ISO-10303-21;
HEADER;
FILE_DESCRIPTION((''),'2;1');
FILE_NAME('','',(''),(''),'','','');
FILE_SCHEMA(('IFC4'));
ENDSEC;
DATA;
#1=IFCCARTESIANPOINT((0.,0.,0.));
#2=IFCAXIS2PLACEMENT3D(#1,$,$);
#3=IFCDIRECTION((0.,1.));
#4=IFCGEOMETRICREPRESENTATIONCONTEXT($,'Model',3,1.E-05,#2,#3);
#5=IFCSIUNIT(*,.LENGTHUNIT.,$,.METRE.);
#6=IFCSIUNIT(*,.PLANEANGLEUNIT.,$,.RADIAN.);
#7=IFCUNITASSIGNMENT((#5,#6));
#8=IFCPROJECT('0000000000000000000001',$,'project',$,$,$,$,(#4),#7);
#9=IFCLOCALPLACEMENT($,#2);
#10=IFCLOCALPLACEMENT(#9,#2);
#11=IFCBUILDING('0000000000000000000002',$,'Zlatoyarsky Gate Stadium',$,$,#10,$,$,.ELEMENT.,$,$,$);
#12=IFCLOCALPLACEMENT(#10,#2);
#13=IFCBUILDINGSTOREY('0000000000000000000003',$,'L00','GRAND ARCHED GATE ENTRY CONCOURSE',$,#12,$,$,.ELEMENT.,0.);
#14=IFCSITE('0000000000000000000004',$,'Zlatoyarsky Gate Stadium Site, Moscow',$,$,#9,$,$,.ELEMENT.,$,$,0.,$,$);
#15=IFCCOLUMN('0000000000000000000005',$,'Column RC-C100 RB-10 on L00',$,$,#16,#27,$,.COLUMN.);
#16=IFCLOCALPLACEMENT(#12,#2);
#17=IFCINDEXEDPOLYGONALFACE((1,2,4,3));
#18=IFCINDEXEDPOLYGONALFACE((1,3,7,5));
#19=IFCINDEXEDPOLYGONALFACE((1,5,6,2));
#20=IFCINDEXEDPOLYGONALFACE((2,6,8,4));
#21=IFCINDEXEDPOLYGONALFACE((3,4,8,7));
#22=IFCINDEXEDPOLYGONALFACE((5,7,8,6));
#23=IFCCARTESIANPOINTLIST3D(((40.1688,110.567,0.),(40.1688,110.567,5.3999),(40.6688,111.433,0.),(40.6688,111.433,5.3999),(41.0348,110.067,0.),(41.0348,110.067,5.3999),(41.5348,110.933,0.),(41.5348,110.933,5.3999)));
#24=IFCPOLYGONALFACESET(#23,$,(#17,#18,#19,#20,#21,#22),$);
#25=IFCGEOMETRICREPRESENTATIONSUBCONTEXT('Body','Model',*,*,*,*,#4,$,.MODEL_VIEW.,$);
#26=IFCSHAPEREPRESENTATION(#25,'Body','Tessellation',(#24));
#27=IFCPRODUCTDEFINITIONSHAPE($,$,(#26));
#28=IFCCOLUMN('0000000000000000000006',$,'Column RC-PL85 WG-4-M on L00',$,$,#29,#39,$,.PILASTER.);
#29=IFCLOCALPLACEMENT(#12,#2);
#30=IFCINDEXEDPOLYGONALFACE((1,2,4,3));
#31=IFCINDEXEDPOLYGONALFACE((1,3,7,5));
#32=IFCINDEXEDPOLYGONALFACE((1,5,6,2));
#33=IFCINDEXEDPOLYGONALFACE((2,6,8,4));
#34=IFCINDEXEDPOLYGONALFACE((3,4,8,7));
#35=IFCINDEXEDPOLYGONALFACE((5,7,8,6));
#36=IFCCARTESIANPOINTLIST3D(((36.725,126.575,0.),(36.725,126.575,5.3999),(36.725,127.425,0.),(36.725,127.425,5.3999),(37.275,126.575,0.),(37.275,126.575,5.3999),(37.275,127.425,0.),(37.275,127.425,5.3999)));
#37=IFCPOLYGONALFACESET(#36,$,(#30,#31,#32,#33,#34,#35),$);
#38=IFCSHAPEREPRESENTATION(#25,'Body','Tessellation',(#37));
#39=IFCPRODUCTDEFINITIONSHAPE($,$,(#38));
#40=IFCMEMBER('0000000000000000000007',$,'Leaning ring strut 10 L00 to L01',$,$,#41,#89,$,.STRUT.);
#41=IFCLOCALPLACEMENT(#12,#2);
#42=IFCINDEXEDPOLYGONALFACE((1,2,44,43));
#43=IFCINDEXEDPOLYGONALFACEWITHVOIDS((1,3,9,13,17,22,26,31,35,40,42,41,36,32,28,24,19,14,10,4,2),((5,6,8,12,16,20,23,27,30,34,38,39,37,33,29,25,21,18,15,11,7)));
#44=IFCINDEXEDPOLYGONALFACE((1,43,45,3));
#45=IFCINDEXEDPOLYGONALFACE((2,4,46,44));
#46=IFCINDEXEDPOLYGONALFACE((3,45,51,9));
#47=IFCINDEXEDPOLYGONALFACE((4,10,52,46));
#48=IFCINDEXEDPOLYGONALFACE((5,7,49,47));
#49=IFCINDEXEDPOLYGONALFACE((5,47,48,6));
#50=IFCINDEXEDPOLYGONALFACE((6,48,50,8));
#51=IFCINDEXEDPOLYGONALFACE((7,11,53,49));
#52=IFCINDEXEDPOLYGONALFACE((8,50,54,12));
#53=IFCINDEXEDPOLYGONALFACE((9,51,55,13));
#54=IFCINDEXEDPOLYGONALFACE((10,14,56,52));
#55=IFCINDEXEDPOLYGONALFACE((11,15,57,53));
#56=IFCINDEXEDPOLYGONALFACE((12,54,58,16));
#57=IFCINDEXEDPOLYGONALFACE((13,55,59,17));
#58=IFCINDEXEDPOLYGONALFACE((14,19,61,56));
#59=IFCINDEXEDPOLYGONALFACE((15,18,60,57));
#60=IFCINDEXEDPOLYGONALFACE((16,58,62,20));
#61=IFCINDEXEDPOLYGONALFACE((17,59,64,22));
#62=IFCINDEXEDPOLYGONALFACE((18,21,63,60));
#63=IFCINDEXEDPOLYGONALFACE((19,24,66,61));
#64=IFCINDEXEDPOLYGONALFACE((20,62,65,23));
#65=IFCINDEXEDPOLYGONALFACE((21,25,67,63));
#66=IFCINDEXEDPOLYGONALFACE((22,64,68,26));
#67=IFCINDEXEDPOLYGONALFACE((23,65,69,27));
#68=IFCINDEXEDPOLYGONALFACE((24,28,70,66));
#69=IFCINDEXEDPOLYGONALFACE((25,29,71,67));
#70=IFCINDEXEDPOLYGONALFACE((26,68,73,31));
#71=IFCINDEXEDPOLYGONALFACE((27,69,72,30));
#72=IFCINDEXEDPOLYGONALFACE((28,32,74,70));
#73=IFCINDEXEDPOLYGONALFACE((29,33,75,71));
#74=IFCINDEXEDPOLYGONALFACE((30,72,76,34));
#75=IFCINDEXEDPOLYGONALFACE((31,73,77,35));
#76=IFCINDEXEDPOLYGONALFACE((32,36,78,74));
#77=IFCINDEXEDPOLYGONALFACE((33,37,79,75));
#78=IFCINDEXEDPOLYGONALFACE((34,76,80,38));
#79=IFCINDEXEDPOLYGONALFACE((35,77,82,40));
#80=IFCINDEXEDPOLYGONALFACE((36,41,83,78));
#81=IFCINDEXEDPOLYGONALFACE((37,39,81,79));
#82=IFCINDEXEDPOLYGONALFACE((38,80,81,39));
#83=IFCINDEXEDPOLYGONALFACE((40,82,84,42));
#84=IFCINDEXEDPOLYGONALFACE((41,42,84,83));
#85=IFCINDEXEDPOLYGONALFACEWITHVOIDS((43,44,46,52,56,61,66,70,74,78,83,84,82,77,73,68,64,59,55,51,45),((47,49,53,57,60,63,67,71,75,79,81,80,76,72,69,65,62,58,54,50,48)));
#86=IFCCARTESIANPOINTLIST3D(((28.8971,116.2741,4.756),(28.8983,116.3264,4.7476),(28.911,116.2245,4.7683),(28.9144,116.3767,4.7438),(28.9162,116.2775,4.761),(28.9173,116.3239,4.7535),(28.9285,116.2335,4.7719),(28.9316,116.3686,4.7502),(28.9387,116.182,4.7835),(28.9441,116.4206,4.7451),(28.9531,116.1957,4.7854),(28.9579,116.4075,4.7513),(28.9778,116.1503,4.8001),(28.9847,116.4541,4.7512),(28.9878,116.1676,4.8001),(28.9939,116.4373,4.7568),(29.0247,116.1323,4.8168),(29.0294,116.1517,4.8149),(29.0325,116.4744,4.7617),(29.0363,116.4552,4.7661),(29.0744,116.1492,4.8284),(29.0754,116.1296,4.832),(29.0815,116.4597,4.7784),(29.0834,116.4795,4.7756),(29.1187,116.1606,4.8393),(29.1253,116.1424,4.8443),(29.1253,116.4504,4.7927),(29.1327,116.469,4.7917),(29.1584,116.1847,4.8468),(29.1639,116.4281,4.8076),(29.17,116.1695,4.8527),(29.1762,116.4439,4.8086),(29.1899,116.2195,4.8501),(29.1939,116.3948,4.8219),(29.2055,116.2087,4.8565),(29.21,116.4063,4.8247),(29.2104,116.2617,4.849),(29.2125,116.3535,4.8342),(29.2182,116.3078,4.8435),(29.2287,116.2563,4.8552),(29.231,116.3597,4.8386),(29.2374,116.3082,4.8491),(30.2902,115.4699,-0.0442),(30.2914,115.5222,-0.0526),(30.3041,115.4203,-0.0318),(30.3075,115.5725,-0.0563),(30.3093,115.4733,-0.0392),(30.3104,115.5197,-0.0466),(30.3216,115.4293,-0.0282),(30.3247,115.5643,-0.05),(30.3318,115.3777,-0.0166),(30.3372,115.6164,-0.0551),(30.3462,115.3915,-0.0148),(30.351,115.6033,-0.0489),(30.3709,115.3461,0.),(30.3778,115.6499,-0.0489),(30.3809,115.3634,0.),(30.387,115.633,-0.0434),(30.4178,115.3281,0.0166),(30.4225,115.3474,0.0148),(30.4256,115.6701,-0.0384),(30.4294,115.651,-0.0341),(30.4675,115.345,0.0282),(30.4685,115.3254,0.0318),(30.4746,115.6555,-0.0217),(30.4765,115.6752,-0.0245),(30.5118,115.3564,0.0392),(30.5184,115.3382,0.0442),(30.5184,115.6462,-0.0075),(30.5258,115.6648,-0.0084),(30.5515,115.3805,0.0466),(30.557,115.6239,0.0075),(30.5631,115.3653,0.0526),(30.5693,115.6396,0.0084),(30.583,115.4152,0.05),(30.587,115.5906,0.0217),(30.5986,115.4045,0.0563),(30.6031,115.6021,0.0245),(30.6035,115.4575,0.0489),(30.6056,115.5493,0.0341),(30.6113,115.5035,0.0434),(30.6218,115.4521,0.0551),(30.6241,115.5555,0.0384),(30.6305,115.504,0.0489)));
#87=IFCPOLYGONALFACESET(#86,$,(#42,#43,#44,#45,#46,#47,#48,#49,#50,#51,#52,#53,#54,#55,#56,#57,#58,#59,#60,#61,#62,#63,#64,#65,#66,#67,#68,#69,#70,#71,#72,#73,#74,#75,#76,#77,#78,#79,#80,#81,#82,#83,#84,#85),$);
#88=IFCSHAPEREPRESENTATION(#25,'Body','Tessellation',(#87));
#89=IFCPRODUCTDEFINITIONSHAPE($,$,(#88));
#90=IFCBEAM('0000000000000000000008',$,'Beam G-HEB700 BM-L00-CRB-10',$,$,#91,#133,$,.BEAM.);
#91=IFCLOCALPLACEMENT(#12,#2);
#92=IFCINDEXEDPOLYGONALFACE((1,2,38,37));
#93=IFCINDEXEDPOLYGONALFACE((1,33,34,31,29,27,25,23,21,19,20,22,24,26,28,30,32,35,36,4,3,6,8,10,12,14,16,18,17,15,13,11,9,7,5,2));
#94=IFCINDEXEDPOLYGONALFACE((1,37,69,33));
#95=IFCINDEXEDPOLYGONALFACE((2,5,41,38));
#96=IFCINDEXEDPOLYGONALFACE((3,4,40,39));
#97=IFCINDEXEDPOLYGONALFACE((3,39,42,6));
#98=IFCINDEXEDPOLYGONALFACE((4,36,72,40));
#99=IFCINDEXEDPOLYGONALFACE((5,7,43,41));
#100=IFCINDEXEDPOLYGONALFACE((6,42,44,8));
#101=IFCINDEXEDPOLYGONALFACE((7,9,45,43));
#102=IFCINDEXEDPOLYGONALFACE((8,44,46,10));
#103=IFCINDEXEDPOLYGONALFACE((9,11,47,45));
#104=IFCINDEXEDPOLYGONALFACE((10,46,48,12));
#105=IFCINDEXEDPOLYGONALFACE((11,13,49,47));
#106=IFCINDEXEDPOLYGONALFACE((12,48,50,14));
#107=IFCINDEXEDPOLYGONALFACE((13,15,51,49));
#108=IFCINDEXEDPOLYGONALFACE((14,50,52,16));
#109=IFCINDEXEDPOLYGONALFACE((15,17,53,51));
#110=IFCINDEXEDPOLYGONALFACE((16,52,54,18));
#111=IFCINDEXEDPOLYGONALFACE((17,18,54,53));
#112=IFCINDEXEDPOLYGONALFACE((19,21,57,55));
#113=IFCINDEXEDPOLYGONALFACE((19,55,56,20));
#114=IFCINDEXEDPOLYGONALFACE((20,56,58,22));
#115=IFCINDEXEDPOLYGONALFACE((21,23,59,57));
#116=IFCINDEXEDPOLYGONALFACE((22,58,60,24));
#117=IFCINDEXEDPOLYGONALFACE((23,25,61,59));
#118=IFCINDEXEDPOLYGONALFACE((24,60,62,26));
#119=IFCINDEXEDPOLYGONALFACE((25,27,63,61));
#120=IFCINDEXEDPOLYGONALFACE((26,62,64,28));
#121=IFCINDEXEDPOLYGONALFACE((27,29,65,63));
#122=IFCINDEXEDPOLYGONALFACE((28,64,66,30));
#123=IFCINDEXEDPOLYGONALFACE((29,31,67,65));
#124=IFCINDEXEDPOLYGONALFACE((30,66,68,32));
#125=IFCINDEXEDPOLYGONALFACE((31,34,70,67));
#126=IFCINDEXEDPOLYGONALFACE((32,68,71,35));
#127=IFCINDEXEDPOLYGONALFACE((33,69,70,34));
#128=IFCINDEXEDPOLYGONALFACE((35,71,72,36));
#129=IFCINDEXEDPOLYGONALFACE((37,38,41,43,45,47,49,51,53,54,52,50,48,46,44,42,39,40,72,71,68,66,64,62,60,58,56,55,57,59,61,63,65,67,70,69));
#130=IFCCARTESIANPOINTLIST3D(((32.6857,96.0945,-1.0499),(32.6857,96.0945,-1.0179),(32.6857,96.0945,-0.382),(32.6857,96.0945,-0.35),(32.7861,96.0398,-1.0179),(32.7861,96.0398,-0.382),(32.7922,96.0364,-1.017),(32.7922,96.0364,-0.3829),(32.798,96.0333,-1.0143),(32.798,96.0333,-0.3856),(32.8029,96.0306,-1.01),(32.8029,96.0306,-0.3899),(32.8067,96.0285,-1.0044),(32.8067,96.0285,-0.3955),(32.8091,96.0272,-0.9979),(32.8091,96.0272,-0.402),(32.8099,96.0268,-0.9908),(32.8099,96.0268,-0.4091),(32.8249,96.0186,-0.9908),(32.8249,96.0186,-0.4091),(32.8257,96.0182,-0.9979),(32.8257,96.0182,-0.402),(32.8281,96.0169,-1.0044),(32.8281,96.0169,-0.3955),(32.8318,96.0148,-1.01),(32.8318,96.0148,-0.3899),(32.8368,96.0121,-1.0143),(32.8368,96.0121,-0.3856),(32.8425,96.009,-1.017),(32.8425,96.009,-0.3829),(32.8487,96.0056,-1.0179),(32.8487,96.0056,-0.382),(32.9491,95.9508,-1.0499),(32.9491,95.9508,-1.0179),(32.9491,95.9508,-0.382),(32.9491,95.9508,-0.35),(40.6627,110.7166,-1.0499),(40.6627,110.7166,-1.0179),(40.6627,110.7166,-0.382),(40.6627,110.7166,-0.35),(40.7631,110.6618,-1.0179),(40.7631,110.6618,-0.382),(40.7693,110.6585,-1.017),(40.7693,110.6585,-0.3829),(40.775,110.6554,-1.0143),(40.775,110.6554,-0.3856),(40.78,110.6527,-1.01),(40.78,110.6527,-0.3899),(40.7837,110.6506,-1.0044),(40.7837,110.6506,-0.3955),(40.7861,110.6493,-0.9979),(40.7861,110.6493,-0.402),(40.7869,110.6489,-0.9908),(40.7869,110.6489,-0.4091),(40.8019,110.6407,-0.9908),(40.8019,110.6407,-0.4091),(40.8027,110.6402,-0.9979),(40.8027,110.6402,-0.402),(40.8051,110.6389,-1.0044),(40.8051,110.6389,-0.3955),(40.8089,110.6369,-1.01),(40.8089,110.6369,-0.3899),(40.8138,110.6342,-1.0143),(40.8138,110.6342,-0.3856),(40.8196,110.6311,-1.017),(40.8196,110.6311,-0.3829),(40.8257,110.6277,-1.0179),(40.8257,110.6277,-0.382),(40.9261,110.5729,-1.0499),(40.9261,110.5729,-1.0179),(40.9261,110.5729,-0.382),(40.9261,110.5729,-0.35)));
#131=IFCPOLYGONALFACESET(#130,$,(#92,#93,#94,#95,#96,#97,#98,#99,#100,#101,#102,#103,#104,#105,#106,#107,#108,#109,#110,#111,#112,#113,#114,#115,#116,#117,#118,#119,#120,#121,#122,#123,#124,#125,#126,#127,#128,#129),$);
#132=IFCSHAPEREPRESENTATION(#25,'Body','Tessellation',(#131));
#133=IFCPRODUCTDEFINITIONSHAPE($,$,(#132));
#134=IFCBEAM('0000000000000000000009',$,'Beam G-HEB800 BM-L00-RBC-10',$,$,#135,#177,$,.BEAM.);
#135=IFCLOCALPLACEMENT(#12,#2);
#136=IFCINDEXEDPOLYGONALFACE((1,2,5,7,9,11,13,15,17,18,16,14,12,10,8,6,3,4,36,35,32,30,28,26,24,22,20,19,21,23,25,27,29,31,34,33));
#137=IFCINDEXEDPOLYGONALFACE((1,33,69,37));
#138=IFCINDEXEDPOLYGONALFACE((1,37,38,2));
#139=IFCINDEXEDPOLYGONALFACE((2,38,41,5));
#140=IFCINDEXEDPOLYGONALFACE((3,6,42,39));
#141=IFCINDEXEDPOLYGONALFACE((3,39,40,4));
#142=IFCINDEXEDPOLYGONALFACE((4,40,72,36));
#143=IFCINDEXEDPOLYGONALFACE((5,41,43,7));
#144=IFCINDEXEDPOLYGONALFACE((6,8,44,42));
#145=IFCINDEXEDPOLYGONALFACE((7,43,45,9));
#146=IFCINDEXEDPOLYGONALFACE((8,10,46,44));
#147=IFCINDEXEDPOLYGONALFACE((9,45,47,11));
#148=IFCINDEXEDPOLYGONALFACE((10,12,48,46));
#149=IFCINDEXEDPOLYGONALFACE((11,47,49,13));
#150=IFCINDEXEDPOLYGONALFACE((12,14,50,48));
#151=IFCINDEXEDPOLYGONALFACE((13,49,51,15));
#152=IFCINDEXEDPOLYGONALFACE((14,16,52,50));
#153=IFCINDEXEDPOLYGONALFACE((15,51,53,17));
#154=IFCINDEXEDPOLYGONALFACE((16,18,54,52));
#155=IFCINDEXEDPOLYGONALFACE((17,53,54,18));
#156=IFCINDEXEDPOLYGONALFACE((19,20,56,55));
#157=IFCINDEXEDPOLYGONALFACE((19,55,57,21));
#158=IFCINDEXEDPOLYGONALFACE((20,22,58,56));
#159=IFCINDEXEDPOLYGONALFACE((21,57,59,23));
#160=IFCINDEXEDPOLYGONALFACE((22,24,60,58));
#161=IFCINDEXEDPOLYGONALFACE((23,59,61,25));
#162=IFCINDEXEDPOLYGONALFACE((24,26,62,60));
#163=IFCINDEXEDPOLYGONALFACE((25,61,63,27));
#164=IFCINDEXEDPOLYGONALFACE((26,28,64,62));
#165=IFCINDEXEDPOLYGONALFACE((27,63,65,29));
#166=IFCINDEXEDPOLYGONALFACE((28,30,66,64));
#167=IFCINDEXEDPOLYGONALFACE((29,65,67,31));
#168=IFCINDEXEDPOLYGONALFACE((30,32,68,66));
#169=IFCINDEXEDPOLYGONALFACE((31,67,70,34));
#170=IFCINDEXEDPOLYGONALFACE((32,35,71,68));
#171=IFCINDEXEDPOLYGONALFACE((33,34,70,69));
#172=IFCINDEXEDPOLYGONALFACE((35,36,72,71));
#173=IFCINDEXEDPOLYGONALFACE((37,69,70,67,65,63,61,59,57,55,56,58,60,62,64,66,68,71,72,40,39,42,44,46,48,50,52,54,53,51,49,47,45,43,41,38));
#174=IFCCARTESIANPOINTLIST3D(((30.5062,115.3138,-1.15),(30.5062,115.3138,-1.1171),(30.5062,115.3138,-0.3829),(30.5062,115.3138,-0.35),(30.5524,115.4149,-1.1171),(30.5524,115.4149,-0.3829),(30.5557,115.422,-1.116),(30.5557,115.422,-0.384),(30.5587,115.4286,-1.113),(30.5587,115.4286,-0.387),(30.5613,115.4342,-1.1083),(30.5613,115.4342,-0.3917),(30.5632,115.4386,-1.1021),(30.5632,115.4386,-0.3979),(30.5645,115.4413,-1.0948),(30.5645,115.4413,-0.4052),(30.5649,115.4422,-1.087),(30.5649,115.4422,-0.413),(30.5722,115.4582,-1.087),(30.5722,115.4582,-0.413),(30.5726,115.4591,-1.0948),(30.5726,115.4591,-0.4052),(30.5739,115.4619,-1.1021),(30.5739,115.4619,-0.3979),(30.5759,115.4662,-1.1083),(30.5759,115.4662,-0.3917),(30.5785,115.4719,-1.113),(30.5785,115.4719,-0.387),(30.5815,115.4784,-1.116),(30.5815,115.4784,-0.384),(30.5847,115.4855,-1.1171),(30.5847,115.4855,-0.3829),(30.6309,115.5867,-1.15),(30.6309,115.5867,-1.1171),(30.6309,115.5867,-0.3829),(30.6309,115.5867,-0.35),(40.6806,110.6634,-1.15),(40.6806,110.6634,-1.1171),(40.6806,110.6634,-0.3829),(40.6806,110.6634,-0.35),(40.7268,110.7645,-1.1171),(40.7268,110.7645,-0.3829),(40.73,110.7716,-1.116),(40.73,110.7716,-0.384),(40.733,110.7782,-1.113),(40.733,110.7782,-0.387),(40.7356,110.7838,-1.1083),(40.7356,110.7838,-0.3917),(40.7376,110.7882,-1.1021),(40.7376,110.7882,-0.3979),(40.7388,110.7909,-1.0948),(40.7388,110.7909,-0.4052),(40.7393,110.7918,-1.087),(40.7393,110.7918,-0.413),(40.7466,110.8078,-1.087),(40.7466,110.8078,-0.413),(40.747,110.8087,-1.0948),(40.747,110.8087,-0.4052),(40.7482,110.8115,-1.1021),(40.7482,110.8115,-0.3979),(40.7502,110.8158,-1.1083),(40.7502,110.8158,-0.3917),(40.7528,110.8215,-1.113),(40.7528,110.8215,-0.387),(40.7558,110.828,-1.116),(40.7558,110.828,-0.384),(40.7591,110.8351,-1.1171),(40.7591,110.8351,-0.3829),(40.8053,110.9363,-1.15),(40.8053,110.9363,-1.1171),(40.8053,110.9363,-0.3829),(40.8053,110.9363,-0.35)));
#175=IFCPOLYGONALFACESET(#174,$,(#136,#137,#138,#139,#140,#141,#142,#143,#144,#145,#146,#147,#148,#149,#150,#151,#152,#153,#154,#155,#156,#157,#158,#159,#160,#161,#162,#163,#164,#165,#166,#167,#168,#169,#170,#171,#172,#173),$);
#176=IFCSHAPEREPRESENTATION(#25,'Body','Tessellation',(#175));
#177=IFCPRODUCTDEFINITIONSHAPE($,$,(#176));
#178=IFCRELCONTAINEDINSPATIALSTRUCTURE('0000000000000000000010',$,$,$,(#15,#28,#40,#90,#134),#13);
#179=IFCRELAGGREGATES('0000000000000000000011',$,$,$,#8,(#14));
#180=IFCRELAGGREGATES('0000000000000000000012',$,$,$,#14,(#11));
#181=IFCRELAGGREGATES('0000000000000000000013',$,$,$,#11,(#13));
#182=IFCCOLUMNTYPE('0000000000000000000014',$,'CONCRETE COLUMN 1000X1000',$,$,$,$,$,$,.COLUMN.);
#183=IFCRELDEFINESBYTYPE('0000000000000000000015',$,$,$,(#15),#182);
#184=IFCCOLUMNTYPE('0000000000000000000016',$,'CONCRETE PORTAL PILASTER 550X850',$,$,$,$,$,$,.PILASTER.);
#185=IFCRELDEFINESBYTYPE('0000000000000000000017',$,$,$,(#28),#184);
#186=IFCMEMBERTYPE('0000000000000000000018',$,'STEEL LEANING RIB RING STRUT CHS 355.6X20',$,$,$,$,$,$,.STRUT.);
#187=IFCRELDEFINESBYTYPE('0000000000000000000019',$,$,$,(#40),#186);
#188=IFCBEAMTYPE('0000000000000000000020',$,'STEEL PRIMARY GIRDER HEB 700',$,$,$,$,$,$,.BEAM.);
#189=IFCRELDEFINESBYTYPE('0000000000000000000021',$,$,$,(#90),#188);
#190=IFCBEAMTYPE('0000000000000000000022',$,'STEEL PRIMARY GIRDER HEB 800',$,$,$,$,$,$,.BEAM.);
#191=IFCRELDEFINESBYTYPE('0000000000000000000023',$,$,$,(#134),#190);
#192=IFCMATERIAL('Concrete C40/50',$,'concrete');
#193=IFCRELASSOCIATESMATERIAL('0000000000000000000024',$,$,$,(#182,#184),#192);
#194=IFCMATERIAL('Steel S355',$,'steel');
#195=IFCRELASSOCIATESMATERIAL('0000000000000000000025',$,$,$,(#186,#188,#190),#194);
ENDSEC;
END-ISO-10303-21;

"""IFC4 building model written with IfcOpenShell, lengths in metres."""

from ifc_helpers import new_model, si_unit, direction, frame, origin, origin_2d, place, context, subcontext, project, spatial, rectangle, hollow_circle, i_section, extrude, material, material_profile, profile_set, type_object, element, save


model = new_model("IFC4")

# Units and contexts
model_context = context("Model", 3, precision=1e-05, world=origin(), true_north=direction((0.0, 1.0)))
body_context = subcontext(model_context, "Body", "Model", "MODEL_VIEW")
ifc_project = project(units=[si_unit("LENGTHUNIT", "METRE"), si_unit("PLANEANGLEUNIT", "RADIAN")], contexts=[model_context])

# Site, building, storey
site_placement = place(None, origin())
site = spatial("IfcSite", under=ifc_project, at=site_placement, Name="Zlatoyarsky Gate Stadium Site, Moscow", CompositionType="ELEMENT", RefElevation=0.0)
building_placement = place(site_placement, origin())
building = spatial("IfcBuilding", under=site, at=building_placement, Name="Zlatoyarsky Gate Stadium", CompositionType="ELEMENT")
storey_placement = place(building_placement, origin())
storey = spatial("IfcBuildingStorey", under=building, at=storey_placement, Name="L00", Description="GRAND ARCHED GATE ENTRY CONCOURSE", CompositionType="ELEMENT", Elevation=0.0)

# Columns
ifc_material_1 = material(Name="Concrete C40/50", Category="concrete")
ifc_material_profile_1 = material_profile(ifc_material_1, rectangle(XDim=1.0, YDim=1.0, at=origin_2d()), Name="RC COL 1000X1000")
ifc_profile_set_1 = profile_set([ifc_material_profile_1], Name="Concrete C40/50")
column_type_1 = type_object("IfcColumnType", Name="CONCRETE COLUMN 1000X1000", PredefinedType="COLUMN", material=ifc_profile_set_1)
column_1_placement = place(storey_placement, frame((40.8518, 110.75, 0.0), z_axis=(0.0, 0.0, 1.0), x_axis=(-0.866025, 0.5, 0.0)))
element("IfcColumn", 1, at=column_1_placement, inside=storey, type_object=column_type_1, Name="Column RC-C100 RB-10 on L00", PredefinedType="COLUMN", context=body_context, shape_type="SweptSolid", body=[
    extrude(rectangle(XDim=1.0, YDim=1.0, at=origin_2d()), origin(), (0.0, 0.0, 1.0), 5.3999),
])
ifc_material_profile_2 = material_profile(ifc_material_1, rectangle(XDim=0.55, YDim=0.8501, at=origin_2d()), Name="RC PILASTER 550X850")
ifc_profile_set_2 = profile_set([ifc_material_profile_2], Name="Concrete C40/50")
column_type_2 = type_object("IfcColumnType", Name="CONCRETE PORTAL PILASTER 550X850", PredefinedType="PILASTER", material=ifc_profile_set_2)
column_2_placement = place(storey_placement, frame((37.0, 127.0, 0.0), z_axis=(0.0, 0.0, 1.0), x_axis=(1.0, 0.0, 0.0)))
element("IfcColumn", 2, at=column_2_placement, inside=storey, type_object=column_type_2, Name="Column RC-PL85 WG-4-M on L00", PredefinedType="PILASTER", context=body_context, shape_type="SweptSolid", body=[
    extrude(rectangle(XDim=0.55, YDim=0.8501, at=origin_2d()), origin(), (0.0, 0.0, 1.0), 5.3999),
])

# Member
ifc_material_2 = material(Name="Steel S355", Category="steel")
ifc_material_profile_3 = material_profile(ifc_material_2, hollow_circle(Radius=0.1777, WallThickness=0.02, at=origin_2d()), Name="CHS 355.6X20")
ifc_profile_set_3 = profile_set([ifc_material_profile_3], Name="Steel S355")
member_type = type_object("IfcMemberType", Name="STEEL LEANING RIB RING STRUT CHS 355.6X20", PredefinedType="STRUT", material=ifc_profile_set_3)
member_placement = place(storey_placement, frame((30.4597, 115.5, 0.0), z_axis=(-0.275179, 0.158857, 0.948178), x_axis=(-0.499959, -0.866049, 0.0)))
element("IfcMember", 3, at=member_placement, inside=storey, type_object=member_type, Name="Leaning ring strut 10 L00 to L01", PredefinedType="STRUT", context=body_context, shape_type="SweptSolid", body=[
    extrude(hollow_circle(Radius=0.1777, WallThickness=0.02, at=origin_2d()), origin(), (0.0, 0.0, 1.0), 5.0625),
])

# Beams
ifc_material_profile_4 = material_profile(ifc_material_2, i_section(OverallWidth=0.3, OverallDepth=0.7, WebThickness=0.0171, FlangeThickness=0.032, FilletRadius=0.0271, at=origin_2d()), Name="HEB 700")
ifc_profile_set_4 = profile_set([ifc_material_profile_4], Name="Steel S355")
beam_type_1 = type_object("IfcBeamType", Name="STEEL PRIMARY GIRDER HEB 700", PredefinedType="BEAM", material=ifc_profile_set_4)
beam_1_placement = place(storey_placement, frame((40.7944, 110.6448, -0.7), z_axis=(-0.478916, -0.877861, 0.0), x_axis=(0.877861, -0.478916, 0.0)))
element("IfcBeam", 4, at=beam_1_placement, inside=storey, type_object=beam_type_1, Name="Beam G-HEB700 BM-L00-CRB-10", PredefinedType="BEAM", context=body_context, shape_type="SweptSolid", body=[
    extrude(i_section(OverallWidth=0.3, OverallDepth=0.7, WebThickness=0.0171, FlangeThickness=0.032, FilletRadius=0.0271, at=origin_2d()), origin(), (0.0, 0.0, 1.0), 16.6565),
])
ifc_material_profile_5 = material_profile(ifc_material_2, i_section(OverallWidth=0.3, OverallDepth=0.8, WebThickness=0.0176, FlangeThickness=0.033, FilletRadius=0.03, at=origin_2d()), Name="HEB 800")
ifc_profile_set_5 = profile_set([ifc_material_profile_5], Name="Steel S355")
beam_type_2 = type_object("IfcBeamType", Name="STEEL PRIMARY GIRDER HEB 800", PredefinedType="BEAM", material=ifc_profile_set_5)
beam_2_placement = place(storey_placement, frame((40.7429, 110.7998, -0.75), z_axis=(-0.909499, 0.415706, 0.0), x_axis=(-0.415706, -0.909499, 0.0)))
element("IfcBeam", 5, at=beam_2_placement, inside=storey, type_object=beam_type_2, Name="Beam G-HEB800 BM-L00-RBC-10", PredefinedType="BEAM", context=body_context, shape_type="SweptSolid", body=[
    extrude(i_section(OverallWidth=0.3, OverallDepth=0.8, WebThickness=0.0176, FlangeThickness=0.033, FilletRadius=0.03, at=origin_2d()), origin(), (0.0, 0.0, 1.0), 11.1868),
])

save(model, "model.ifc")
